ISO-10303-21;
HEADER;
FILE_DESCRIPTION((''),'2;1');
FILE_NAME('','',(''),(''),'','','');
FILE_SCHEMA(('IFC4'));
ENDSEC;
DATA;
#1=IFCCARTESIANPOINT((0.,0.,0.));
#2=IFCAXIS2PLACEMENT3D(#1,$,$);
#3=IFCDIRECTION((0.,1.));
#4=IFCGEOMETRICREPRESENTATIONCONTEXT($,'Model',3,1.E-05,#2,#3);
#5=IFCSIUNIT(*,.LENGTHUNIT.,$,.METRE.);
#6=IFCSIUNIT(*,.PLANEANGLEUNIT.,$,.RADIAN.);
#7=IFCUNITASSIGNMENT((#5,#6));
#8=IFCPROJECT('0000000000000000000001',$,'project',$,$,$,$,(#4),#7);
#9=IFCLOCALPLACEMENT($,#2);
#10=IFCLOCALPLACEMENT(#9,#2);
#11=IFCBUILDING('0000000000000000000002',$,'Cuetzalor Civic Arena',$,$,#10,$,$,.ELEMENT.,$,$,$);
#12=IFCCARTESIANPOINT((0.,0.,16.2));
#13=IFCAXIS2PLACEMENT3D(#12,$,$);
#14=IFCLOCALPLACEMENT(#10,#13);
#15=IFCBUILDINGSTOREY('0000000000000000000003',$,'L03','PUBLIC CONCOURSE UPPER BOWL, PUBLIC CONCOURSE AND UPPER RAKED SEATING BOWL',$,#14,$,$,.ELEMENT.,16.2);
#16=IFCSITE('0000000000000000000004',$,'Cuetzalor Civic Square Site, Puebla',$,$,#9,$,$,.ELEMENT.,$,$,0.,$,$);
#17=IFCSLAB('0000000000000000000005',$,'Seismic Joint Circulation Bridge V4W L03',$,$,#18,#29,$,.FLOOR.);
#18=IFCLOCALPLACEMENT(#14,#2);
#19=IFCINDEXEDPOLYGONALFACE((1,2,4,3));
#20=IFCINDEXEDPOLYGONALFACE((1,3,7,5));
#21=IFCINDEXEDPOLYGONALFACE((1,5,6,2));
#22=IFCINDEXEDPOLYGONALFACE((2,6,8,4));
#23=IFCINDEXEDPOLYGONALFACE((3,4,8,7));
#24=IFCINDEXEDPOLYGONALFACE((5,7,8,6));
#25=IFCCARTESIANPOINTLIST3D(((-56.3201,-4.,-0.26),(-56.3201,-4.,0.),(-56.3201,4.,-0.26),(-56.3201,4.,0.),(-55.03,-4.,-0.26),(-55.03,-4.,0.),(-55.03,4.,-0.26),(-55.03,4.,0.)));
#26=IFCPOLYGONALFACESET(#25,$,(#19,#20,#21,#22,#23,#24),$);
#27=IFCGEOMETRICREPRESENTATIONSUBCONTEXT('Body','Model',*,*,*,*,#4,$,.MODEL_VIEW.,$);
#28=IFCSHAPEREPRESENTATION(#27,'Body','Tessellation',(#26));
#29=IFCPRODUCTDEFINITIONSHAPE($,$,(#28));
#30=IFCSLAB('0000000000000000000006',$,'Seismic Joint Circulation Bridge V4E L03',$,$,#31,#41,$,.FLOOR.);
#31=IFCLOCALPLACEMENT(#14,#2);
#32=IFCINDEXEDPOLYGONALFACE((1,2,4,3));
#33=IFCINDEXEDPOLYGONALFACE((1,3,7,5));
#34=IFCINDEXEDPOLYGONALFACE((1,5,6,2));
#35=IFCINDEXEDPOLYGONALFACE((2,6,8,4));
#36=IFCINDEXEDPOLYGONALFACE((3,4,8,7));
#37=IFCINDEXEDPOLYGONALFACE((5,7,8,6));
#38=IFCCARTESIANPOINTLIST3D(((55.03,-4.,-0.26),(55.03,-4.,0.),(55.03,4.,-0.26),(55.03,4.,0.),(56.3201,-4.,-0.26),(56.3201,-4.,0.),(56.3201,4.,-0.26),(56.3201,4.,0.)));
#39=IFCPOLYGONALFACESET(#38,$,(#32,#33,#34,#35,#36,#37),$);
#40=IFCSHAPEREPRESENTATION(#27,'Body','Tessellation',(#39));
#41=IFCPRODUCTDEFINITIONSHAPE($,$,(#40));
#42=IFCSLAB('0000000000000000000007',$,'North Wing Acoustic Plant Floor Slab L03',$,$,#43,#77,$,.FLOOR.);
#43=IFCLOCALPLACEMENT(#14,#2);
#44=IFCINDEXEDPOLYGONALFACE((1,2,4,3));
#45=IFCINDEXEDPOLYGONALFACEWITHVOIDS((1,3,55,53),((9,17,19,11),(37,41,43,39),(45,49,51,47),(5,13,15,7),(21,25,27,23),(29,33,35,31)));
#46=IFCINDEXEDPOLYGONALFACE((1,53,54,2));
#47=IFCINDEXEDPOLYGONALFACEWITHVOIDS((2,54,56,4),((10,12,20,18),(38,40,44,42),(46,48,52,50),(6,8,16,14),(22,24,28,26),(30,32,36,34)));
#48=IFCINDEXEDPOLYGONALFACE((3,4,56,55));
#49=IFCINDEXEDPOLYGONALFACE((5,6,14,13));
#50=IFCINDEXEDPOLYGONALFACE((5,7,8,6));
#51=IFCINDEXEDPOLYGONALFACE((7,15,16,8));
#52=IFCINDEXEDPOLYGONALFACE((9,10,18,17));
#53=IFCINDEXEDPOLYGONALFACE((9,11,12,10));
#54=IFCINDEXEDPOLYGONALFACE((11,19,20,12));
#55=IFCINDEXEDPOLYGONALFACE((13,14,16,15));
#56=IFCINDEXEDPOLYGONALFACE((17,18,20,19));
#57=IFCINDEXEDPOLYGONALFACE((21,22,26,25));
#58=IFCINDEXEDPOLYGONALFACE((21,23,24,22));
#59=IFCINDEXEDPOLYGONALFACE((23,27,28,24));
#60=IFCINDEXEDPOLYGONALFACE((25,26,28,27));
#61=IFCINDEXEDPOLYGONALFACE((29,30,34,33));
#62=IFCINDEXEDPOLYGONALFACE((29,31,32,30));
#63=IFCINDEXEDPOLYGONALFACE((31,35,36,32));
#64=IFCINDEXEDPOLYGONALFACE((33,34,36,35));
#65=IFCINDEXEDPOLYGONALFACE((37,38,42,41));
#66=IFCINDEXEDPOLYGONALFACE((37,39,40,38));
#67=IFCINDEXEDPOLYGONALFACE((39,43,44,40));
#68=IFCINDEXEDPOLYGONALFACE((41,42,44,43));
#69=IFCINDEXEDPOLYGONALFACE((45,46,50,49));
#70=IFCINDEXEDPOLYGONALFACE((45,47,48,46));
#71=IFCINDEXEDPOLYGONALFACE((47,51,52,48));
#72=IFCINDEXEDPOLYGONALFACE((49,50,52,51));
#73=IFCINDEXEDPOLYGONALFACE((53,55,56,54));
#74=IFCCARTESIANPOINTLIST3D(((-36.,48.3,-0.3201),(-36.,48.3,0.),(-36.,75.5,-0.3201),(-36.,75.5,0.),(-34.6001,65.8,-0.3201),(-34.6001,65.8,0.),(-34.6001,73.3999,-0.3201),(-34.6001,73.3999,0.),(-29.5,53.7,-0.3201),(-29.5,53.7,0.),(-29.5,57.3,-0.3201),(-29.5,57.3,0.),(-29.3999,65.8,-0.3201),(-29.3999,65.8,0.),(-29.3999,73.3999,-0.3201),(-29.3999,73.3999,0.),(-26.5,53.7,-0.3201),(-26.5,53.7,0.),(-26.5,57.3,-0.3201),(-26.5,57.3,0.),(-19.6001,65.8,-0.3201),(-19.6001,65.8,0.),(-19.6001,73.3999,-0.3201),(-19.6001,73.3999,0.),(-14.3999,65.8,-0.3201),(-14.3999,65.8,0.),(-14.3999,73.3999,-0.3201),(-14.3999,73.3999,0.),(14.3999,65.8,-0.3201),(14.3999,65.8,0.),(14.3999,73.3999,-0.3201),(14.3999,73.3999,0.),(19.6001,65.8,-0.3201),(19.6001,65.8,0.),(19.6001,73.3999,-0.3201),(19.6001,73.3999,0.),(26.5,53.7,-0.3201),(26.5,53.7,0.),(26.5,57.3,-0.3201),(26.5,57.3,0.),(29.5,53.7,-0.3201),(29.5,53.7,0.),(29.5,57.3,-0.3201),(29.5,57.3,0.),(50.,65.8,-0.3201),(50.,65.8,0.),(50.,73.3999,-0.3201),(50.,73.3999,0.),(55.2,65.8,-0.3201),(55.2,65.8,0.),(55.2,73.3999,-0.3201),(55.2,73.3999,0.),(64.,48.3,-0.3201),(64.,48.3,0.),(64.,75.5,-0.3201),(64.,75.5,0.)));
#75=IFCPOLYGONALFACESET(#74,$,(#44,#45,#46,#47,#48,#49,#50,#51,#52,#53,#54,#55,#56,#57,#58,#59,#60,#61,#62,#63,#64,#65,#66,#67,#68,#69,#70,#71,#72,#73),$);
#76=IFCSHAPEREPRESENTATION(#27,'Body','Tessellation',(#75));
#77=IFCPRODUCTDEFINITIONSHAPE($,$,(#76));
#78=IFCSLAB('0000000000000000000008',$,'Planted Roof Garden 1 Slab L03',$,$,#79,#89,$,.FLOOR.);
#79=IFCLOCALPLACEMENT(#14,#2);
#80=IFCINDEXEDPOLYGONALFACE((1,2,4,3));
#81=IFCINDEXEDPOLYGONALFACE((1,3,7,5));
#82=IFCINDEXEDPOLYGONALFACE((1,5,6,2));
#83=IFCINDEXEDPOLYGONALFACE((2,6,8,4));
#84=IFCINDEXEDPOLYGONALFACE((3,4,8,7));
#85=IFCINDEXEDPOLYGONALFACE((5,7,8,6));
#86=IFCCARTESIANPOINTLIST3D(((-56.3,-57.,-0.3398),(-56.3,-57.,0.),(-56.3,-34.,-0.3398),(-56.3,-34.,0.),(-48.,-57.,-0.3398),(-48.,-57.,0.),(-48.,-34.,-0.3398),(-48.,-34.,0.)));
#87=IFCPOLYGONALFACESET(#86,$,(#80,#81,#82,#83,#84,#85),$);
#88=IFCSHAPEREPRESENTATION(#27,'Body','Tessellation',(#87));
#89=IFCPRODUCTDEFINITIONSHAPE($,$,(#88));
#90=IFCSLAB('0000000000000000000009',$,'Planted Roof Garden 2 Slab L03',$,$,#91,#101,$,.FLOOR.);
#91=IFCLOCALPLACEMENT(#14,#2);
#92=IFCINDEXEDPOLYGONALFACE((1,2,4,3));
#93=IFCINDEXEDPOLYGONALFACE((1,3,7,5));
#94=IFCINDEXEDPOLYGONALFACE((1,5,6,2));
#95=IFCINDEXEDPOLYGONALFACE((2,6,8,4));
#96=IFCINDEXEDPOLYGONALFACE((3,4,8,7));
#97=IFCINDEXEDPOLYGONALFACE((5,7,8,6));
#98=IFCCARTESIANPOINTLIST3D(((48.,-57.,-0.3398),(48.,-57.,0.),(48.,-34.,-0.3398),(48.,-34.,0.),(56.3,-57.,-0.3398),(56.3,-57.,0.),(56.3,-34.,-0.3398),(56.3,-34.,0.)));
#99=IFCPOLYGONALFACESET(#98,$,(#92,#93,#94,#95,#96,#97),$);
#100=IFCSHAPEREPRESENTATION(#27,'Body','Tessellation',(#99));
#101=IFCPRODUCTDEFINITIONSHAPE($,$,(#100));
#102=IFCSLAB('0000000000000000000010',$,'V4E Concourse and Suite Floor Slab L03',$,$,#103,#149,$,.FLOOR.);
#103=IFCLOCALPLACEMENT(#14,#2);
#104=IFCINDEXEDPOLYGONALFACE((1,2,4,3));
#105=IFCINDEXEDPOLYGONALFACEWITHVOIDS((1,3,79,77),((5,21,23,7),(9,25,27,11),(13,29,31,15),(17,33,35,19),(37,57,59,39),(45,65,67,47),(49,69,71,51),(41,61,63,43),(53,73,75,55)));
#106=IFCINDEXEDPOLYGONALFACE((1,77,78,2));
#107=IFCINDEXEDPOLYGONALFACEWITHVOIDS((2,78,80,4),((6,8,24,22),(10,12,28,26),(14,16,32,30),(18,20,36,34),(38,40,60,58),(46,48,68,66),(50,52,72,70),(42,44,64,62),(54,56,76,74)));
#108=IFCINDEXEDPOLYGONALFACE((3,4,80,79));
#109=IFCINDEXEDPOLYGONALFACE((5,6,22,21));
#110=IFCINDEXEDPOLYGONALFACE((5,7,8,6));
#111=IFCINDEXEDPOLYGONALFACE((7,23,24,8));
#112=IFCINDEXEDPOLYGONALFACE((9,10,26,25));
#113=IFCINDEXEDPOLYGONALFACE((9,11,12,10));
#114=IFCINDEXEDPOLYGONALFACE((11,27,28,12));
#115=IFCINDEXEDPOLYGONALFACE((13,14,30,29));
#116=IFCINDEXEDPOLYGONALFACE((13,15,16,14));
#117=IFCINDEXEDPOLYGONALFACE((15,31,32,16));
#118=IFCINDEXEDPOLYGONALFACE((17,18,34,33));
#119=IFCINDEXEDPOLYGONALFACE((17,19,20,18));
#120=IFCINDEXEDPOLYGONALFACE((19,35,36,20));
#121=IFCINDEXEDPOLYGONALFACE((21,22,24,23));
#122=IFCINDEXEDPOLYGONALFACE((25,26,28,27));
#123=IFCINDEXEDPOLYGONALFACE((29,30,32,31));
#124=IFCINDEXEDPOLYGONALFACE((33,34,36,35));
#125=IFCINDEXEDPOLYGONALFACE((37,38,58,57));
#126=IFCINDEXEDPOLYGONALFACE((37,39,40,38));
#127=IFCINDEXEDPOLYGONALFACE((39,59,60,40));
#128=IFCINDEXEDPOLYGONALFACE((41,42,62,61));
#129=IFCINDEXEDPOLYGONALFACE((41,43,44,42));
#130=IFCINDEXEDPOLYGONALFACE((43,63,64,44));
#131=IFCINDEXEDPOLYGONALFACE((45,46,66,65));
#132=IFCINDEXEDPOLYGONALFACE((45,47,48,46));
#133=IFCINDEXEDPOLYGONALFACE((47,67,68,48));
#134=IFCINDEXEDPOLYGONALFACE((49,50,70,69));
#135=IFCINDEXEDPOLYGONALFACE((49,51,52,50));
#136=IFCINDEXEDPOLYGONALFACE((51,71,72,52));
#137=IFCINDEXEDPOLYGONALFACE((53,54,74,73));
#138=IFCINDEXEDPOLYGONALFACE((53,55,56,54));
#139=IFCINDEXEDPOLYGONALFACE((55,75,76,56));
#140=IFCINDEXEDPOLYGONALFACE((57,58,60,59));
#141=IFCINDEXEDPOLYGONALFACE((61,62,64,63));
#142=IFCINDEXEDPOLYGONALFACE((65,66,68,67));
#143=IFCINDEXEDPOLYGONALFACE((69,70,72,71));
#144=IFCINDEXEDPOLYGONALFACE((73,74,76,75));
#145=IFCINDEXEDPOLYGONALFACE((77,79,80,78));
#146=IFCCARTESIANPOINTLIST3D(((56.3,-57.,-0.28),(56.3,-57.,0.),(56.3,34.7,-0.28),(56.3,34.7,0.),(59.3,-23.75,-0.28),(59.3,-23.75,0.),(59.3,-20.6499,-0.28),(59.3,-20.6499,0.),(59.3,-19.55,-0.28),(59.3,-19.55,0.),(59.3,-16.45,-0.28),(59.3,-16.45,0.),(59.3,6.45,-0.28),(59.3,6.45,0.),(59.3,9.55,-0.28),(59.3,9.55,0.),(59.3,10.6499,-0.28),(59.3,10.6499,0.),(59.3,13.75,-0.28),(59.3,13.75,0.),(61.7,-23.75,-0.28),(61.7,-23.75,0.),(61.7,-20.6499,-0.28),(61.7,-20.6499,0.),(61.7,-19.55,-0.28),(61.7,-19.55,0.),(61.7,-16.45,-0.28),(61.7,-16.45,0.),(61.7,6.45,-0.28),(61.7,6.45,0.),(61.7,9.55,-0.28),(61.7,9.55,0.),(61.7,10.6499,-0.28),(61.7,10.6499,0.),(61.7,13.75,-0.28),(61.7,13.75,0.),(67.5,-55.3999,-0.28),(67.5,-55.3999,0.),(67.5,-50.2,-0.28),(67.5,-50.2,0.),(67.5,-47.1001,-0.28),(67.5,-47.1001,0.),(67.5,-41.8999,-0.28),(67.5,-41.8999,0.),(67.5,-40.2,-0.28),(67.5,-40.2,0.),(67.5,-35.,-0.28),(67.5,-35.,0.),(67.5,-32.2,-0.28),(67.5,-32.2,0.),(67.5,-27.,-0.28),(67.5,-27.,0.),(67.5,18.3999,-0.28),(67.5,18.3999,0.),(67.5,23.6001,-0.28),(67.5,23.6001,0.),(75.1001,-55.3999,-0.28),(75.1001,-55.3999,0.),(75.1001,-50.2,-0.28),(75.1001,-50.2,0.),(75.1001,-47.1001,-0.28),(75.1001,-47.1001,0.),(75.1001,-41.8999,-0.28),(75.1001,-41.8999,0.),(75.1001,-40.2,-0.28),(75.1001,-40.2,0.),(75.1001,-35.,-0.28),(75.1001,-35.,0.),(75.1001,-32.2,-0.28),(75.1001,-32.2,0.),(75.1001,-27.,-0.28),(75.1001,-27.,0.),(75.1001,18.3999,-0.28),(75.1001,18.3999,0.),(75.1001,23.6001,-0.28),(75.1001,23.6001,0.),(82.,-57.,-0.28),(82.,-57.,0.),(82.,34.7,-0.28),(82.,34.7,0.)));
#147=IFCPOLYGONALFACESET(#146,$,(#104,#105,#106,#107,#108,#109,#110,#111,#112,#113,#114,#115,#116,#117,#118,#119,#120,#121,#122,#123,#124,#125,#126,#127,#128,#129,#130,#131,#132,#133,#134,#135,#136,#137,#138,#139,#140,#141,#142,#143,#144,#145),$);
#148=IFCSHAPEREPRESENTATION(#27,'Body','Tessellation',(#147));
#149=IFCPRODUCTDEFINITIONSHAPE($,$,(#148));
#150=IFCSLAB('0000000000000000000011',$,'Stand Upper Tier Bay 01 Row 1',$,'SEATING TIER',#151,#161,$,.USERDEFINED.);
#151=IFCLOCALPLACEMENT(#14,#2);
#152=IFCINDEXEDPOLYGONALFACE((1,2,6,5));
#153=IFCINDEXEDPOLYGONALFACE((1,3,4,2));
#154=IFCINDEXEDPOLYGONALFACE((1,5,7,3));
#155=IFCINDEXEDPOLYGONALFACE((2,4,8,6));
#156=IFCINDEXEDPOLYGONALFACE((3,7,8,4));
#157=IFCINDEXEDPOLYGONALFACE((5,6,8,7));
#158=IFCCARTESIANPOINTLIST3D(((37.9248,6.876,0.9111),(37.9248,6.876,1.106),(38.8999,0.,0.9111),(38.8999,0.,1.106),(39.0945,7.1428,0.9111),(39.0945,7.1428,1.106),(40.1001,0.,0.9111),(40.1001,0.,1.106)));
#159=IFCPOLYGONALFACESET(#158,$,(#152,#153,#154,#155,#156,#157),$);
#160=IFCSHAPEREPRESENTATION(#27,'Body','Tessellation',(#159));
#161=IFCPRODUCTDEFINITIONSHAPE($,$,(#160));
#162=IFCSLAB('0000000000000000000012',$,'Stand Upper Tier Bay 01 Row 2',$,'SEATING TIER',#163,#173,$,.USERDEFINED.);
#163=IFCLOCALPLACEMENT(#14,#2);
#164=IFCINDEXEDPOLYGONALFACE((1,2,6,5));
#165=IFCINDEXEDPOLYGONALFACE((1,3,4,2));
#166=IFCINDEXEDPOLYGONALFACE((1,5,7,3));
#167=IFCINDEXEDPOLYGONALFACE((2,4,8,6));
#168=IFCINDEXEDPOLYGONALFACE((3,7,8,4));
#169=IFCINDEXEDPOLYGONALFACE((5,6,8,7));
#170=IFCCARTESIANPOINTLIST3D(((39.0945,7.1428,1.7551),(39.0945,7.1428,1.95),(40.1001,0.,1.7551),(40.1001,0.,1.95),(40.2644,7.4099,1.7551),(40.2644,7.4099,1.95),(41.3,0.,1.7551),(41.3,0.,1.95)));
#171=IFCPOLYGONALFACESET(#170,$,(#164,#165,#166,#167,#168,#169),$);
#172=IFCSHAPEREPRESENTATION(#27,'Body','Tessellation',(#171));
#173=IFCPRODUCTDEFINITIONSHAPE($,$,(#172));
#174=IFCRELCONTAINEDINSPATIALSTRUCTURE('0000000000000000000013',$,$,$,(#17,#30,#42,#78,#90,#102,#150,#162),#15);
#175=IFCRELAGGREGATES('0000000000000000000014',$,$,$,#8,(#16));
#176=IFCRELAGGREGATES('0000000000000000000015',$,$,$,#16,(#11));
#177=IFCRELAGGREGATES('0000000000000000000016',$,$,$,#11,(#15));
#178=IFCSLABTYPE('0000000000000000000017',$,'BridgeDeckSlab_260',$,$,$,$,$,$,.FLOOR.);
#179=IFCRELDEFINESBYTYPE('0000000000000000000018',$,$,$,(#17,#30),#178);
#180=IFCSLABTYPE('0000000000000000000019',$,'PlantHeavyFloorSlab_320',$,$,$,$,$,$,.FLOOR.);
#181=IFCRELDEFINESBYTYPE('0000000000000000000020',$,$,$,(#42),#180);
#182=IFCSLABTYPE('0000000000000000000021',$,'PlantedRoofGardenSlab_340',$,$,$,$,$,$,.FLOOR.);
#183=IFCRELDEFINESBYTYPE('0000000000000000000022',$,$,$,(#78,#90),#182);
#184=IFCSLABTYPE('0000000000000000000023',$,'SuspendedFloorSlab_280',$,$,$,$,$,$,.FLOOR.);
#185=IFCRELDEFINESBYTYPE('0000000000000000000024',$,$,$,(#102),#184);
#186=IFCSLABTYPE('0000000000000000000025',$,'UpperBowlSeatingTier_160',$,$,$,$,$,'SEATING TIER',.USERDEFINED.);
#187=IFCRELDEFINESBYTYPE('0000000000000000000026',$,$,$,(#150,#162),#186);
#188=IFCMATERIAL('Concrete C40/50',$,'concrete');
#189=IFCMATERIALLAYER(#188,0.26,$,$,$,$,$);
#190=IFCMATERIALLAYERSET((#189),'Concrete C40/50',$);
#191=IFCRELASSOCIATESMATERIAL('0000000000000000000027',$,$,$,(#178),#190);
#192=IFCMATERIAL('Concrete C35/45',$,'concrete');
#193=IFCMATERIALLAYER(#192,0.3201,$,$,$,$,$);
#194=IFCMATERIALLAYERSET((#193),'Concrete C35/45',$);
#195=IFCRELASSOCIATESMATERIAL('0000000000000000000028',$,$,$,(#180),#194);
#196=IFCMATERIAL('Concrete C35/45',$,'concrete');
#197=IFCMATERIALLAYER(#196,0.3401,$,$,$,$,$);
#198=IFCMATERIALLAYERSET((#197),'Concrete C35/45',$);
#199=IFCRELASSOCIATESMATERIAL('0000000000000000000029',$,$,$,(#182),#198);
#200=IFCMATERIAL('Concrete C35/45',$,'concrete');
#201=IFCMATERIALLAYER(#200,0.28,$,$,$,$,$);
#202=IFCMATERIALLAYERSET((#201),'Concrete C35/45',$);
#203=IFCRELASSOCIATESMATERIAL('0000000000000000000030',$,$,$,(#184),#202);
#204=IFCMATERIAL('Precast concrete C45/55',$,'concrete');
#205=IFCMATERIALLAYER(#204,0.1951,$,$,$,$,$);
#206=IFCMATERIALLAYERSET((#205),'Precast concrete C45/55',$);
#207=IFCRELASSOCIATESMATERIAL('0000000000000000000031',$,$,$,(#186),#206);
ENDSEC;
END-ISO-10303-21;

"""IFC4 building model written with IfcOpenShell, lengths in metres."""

from ifc_helpers import new_model, si_unit, direction, frame, origin, place, context, subcontext, project, spatial, polyline, outline, extrude, material, layer, layer_set, type_object, element, save


model = new_model("IFC4")

# Units and contexts
model_context = context("Model", 3, precision=1e-05, world=origin(), true_north=direction((0.0, 1.0)))
body_context = subcontext(model_context, "Body", "Model", "MODEL_VIEW")
ifc_project = project(units=[si_unit("LENGTHUNIT", "METRE"), si_unit("PLANEANGLEUNIT", "RADIAN")], contexts=[model_context])

# Site, building, storey
site_placement = place(None, origin())
site = spatial("IfcSite", under=ifc_project, at=site_placement, Name="Cuetzalor Civic Square Site, Puebla", CompositionType="ELEMENT", RefElevation=0.0)
building_placement = place(site_placement, origin())
building = spatial("IfcBuilding", under=site, at=building_placement, Name="Cuetzalor Civic Arena", CompositionType="ELEMENT")
storey_placement = place(building_placement, frame((0.0, 0.0, 16.2)))
storey = spatial("IfcBuildingStorey", under=building, at=storey_placement, Name="L03", Description="PUBLIC CONCOURSE UPPER BOWL, PUBLIC CONCOURSE AND UPPER RAKED SEATING BOWL", CompositionType="ELEMENT", Elevation=16.2)

# Slabs
ifc_material_1 = material(Name="Concrete C40/50", Category="concrete")
ifc_layer_1 = layer(ifc_material_1, 0.26)
ifc_layer_set_1 = layer_set([ifc_layer_1], Name="Concrete C40/50")
slab_type_1 = type_object("IfcSlabType", Name="BridgeDeckSlab_260", PredefinedType="FLOOR", material=ifc_layer_set_1)
slab_1_placement = place(storey_placement, frame((0.0, 0.0, -0.26)))
element("IfcSlab", 1, at=slab_1_placement, inside=storey, type_object=slab_type_1, Name="Seismic Joint Circulation Bridge V4W L03", PredefinedType="FLOOR", context=body_context, shape_type="SweptSolid", body=[
    extrude(outline(polyline([(-56.3201, -4.0), (-55.03, -4.0), (-55.03, 4.0), (-56.3201, 4.0), (-56.3201, -4.0)])), origin(), (0.0, 0.0, 1.0), 0.26),
])
slab_2_placement = place(storey_placement, frame((0.0, 0.0, -0.26)))
element("IfcSlab", 2, at=slab_2_placement, inside=storey, type_object=slab_type_1, Name="Seismic Joint Circulation Bridge V4E L03", PredefinedType="FLOOR", context=body_context, shape_type="SweptSolid", body=[
    extrude(outline(polyline([(55.03, -4.0), (56.3201, -4.0), (56.3201, 4.0), (55.03, 4.0), (55.03, -4.0)])), origin(), (0.0, 0.0, 1.0), 0.26),
])
ifc_material_2 = material(Name="Concrete C35/45", Category="concrete")
ifc_layer_2 = layer(ifc_material_2, 0.3201)
ifc_layer_set_2 = layer_set([ifc_layer_2], Name="Concrete C35/45")
slab_type_2 = type_object("IfcSlabType", Name="PlantHeavyFloorSlab_320", PredefinedType="FLOOR", material=ifc_layer_set_2)
slab_3_placement = place(storey_placement, frame((0.0, 0.0, -0.3201)))
element("IfcSlab", 3, at=slab_3_placement, inside=storey, type_object=slab_type_2, Name="North Wing Acoustic Plant Floor Slab L03", PredefinedType="FLOOR", context=body_context, shape_type="SweptSolid", body=[
    extrude(outline(polyline([(-36.0, 48.3), (64.0, 48.3), (64.0, 75.5), (-36.0, 75.5), (-36.0, 48.3)]), holes=[polyline([(-34.6001, 65.8), (-29.3999, 65.8), (-29.3999, 73.3999), (-34.6001, 73.3999), (-34.6001, 65.8)]), polyline([(-19.6001, 65.8), (-14.3999, 65.8), (-14.3999, 73.3999), (-19.6001, 73.3999), (-19.6001, 65.8)]), polyline([(14.3999, 65.8), (19.6001, 65.8), (19.6001, 73.3999), (14.3999, 73.3999), (14.3999, 65.8)]), polyline([(50.0, 65.8), (55.2, 65.8), (55.2, 73.3999), (50.0, 73.3999), (50.0, 65.8)]), polyline([(-29.5, 53.7), (-26.5, 53.7), (-26.5, 57.3), (-29.5, 57.3), (-29.5, 53.7)]), polyline([(26.5, 53.7), (29.5, 53.7), (29.5, 57.3), (26.5, 57.3), (26.5, 53.7)])]), origin(), (0.0, 0.0, 1.0), 0.3201),
])
ifc_material_3 = material(Name="Concrete C35/45", Category="concrete")
ifc_layer_3 = layer(ifc_material_3, 0.3401)
ifc_layer_set_3 = layer_set([ifc_layer_3], Name="Concrete C35/45")
slab_type_3 = type_object("IfcSlabType", Name="PlantedRoofGardenSlab_340", PredefinedType="FLOOR", material=ifc_layer_set_3)
slab_4_placement = place(storey_placement, frame((0.0, 0.0, -0.3398)))
element("IfcSlab", 4, at=slab_4_placement, inside=storey, type_object=slab_type_3, Name="Planted Roof Garden 1 Slab L03", PredefinedType="FLOOR", context=body_context, shape_type="SweptSolid", body=[
    extrude(outline(polyline([(-56.3, -57.0), (-48.0, -57.0), (-48.0, -34.0), (-56.3, -34.0), (-56.3, -57.0)])), origin(), (0.0, 0.0, 1.0), 0.3398),
])
slab_5_placement = place(storey_placement, frame((0.0, 0.0, -0.3398)))
element("IfcSlab", 5, at=slab_5_placement, inside=storey, type_object=slab_type_3, Name="Planted Roof Garden 2 Slab L03", PredefinedType="FLOOR", context=body_context, shape_type="SweptSolid", body=[
    extrude(outline(polyline([(48.0, -57.0), (56.3, -57.0), (56.3, -34.0), (48.0, -34.0), (48.0, -57.0)])), origin(), (0.0, 0.0, 1.0), 0.3398),
])
ifc_material_4 = material(Name="Concrete C35/45", Category="concrete")
ifc_layer_4 = layer(ifc_material_4, 0.28)
ifc_layer_set_4 = layer_set([ifc_layer_4], Name="Concrete C35/45")
slab_type_4 = type_object("IfcSlabType", Name="SuspendedFloorSlab_280", PredefinedType="FLOOR", material=ifc_layer_set_4)
slab_6_placement = place(storey_placement, frame((0.0, 0.0, -0.28)))
element("IfcSlab", 6, at=slab_6_placement, inside=storey, type_object=slab_type_4, Name="V4E Concourse and Suite Floor Slab L03", PredefinedType="FLOOR", context=body_context, shape_type="SweptSolid", body=[
    extrude(outline(polyline([(56.3, -57.0), (82.0, -57.0), (82.0, 34.7), (56.3, 34.7), (56.3, -57.0)]), holes=[polyline([(67.5, -55.3999), (75.1001, -55.3999), (75.1001, -50.2), (67.5, -50.2), (67.5, -55.3999)]), polyline([(67.5, -47.1001), (75.1001, -47.1001), (75.1001, -41.8999), (67.5, -41.8999), (67.5, -47.1001)]), polyline([(67.5, -40.2), (75.1001, -40.2), (75.1001, -35.0), (67.5, -35.0), (67.5, -40.2)]), polyline([(67.5, -32.2), (75.1001, -32.2), (75.1001, -27.0), (67.5, -27.0), (67.5, -32.2)]), polyline([(67.5, 18.3999), (75.1001, 18.3999), (75.1001, 23.6001), (67.5, 23.6001), (67.5, 18.3999)]), polyline([(59.3, -19.55), (61.7, -19.55), (61.7, -16.45), (59.3, -16.45), (59.3, -19.55)]), polyline([(59.3, 6.45), (61.7, 6.45), (61.7, 9.55), (59.3, 9.55), (59.3, 6.45)]), polyline([(59.3, -23.75), (61.7, -23.75), (61.7, -20.6499), (59.3, -20.6499), (59.3, -23.75)]), polyline([(59.3, 10.6499), (61.7, 10.6499), (61.7, 13.75), (59.3, 13.75), (59.3, 10.6499)])]), origin(), (0.0, 0.0, 1.0), 0.28),
])
ifc_material_5 = material(Name="Precast concrete C45/55", Category="concrete")
ifc_layer_5 = layer(ifc_material_5, 0.1951)
ifc_layer_set_5 = layer_set([ifc_layer_5], Name="Precast concrete C45/55")
slab_type_5 = type_object("IfcSlabType", Name="UpperBowlSeatingTier_160", ElementType="SEATING TIER", PredefinedType="USERDEFINED", material=ifc_layer_set_5)
slab_7_placement = place(storey_placement, frame((0.0, 0.0, 0.9111)))
element("IfcSlab", 7, at=slab_7_placement, inside=storey, type_object=slab_type_5, Name="Stand Upper Tier Bay 01 Row 1", ObjectType="SEATING TIER", PredefinedType="USERDEFINED", context=body_context, shape_type="SweptSolid", body=[
    extrude(outline(polyline([(38.8999, 0.0), (37.9248, 6.876), (39.0945, 7.1428), (40.1001, 0.0), (38.8999, 0.0)])), origin(), (0.0, 0.0, 1.0), 0.1948),
])
slab_8_placement = place(storey_placement, frame((0.0, 0.0, 1.7551)))
element("IfcSlab", 8, at=slab_8_placement, inside=storey, type_object=slab_type_5, Name="Stand Upper Tier Bay 01 Row 2", ObjectType="SEATING TIER", PredefinedType="USERDEFINED", context=body_context, shape_type="SweptSolid", body=[
    extrude(outline(polyline([(40.1001, 0.0), (39.0945, 7.1428), (40.2644, 7.4099), (41.3, 0.0), (40.1001, 0.0)])), origin(), (0.0, 0.0, 1.0), 0.1948),
])

save(model, "model.ifc")
